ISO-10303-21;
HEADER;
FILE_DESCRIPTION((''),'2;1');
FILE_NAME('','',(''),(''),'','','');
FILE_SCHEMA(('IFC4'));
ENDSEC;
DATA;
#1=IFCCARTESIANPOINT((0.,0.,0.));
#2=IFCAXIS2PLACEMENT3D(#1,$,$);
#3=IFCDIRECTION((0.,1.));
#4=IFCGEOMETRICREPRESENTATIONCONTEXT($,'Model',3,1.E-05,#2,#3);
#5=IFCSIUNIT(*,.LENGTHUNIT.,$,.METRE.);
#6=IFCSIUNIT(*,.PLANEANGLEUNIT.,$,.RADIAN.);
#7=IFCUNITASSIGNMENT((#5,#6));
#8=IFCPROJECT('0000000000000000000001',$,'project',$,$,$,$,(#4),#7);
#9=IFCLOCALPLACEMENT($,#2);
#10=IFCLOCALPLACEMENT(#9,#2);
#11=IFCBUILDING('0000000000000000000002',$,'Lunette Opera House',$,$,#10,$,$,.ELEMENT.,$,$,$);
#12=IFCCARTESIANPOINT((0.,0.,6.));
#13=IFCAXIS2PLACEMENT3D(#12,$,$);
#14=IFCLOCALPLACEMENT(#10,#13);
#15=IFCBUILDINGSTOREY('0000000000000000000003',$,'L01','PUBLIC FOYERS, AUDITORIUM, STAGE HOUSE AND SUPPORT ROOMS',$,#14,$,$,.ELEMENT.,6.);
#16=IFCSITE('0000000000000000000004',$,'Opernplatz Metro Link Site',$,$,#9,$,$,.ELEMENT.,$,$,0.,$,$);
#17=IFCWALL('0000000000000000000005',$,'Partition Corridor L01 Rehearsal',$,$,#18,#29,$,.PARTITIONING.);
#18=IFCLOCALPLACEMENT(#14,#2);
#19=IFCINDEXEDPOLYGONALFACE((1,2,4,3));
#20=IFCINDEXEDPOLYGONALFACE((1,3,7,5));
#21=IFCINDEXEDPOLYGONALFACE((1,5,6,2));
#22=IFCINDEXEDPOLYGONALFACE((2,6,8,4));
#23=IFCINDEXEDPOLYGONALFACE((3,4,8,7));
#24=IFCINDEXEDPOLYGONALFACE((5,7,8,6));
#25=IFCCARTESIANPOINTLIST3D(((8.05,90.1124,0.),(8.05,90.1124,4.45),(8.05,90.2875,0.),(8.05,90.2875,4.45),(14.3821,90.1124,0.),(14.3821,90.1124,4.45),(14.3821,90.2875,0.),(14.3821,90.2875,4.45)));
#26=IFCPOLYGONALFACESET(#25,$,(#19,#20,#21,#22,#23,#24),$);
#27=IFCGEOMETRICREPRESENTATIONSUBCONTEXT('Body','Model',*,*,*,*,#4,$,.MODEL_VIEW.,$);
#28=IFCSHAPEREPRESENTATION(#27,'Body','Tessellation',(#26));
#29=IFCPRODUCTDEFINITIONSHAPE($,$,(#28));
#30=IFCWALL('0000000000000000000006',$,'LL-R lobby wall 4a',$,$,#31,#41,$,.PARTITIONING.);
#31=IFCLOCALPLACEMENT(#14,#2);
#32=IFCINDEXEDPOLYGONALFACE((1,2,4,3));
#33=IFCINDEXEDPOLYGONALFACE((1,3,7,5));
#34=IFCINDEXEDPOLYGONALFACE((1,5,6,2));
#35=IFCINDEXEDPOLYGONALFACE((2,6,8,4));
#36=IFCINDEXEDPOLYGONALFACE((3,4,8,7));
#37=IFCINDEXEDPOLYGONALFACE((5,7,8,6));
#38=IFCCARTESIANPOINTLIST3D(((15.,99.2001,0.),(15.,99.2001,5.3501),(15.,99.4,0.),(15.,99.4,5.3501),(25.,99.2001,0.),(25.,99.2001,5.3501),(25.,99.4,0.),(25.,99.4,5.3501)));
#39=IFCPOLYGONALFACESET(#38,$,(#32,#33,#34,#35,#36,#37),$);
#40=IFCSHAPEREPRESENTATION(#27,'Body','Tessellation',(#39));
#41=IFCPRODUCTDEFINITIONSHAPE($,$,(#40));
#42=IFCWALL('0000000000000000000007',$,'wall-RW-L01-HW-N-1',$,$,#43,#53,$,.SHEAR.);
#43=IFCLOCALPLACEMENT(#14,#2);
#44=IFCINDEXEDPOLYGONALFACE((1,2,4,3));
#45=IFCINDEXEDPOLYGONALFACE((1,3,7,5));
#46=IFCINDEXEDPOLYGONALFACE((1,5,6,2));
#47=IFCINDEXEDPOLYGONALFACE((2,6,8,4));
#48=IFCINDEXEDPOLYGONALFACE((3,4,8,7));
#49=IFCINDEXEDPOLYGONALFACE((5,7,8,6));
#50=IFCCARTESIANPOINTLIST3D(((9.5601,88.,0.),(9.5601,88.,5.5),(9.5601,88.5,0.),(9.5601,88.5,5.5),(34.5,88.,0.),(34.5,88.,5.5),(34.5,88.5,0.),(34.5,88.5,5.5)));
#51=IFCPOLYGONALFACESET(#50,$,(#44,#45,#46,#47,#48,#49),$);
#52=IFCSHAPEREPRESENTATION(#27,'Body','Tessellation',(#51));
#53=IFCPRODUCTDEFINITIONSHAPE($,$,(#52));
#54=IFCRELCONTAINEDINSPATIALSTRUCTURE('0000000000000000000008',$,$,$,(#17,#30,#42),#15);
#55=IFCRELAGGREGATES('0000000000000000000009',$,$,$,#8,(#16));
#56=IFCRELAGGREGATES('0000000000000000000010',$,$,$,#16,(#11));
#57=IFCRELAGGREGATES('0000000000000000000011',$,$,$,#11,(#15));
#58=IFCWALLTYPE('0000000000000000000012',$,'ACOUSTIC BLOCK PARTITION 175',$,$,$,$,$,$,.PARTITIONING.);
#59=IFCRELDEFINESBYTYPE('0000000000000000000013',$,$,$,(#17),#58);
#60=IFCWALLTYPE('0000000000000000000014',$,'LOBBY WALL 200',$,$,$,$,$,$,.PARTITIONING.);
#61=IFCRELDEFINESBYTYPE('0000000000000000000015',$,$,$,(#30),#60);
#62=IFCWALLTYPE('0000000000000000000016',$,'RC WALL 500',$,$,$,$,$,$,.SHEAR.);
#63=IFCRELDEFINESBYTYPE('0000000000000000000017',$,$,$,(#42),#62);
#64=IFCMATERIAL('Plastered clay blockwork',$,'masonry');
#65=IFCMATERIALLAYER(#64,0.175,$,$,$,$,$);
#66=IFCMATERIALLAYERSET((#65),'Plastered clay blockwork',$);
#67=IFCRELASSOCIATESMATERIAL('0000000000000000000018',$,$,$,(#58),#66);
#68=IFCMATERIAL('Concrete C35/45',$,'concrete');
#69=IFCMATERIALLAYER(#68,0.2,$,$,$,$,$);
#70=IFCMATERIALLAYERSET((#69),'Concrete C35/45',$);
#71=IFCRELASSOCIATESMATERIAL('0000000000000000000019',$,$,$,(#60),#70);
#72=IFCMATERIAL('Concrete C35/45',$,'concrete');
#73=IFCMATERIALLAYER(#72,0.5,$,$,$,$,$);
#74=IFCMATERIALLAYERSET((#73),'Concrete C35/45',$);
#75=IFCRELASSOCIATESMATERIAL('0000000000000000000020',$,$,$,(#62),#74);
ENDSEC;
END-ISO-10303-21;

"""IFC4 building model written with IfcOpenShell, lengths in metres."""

from ifc_helpers import new_model, si_unit, direction, frame, frame_2d, origin, place, context, subcontext, project, spatial, rectangle, extrude, material, layer, layer_set, type_object, element, save


model = new_model("IFC4")

# Units and contexts
model_context = context("Model", 3, precision=1e-05, world=origin(), true_north=direction((0.0, 1.0)))
body_context = subcontext(model_context, "Body", "Model", "MODEL_VIEW")
ifc_project = project(units=[si_unit("LENGTHUNIT", "METRE"), si_unit("PLANEANGLEUNIT", "RADIAN")], contexts=[model_context])

# Site, building, storey
site_placement = place(None, origin())
site = spatial("IfcSite", under=ifc_project, at=site_placement, Name="Opernplatz Metro Link Site", CompositionType="ELEMENT", RefElevation=0.0)
building_placement = place(site_placement, origin())
building = spatial("IfcBuilding", under=site, at=building_placement, Name="Lunette Opera House", CompositionType="ELEMENT")
storey_placement = place(building_placement, frame((0.0, 0.0, 6.0)))
storey = spatial("IfcBuildingStorey", under=building, at=storey_placement, Name="L01", Description="PUBLIC FOYERS, AUDITORIUM, STAGE HOUSE AND SUPPORT ROOMS", CompositionType="ELEMENT", Elevation=6.0)

# Walls
ifc_material_1 = material(Name="Plastered clay blockwork", Category="masonry")
ifc_layer_1 = layer(ifc_material_1, 0.175)
ifc_layer_set_1 = layer_set([ifc_layer_1], Name="Plastered clay blockwork")
wall_type_1 = type_object("IfcWallType", Name="ACOUSTIC BLOCK PARTITION 175", PredefinedType="PARTITIONING", material=ifc_layer_set_1)
wall_1_placement = place(storey_placement, frame((14.3821, 90.2, 0.0), z_axis=(0.0, 0.0, 1.0), x_axis=(-1.0, 0.0, 0.0)))
element("IfcWall", 1, at=wall_1_placement, inside=storey, type_object=wall_type_1, Name="Partition Corridor L01 Rehearsal", PredefinedType="PARTITIONING", context=body_context, shape_type="SweptSolid", body=[
    extrude(rectangle(XDim=6.332, YDim=0.175, at=frame_2d((3.166, 0.0))), origin(), (0.0, 0.0, 1.0), 4.45),
])
ifc_material_2 = material(Name="Concrete C35/45", Category="concrete")
ifc_layer_2 = layer(ifc_material_2, 0.2)
ifc_layer_set_2 = layer_set([ifc_layer_2], Name="Concrete C35/45")
wall_type_2 = type_object("IfcWallType", Name="LOBBY WALL 200", PredefinedType="PARTITIONING", material=ifc_layer_set_2)
wall_2_placement = place(storey_placement, frame((15.0, 99.3, 0.0), z_axis=(0.0, 0.0, 1.0), x_axis=(1.0, 0.0, 0.0)))
element("IfcWall", 2, at=wall_2_placement, inside=storey, type_object=wall_type_2, Name="LL-R lobby wall 4a", PredefinedType="PARTITIONING", context=body_context, shape_type="SweptSolid", body=[
    extrude(rectangle(XDim=10.0, YDim=0.2, at=frame_2d((5.0, 0.0))), origin(), (0.0, 0.0, 1.0), 5.3501),
])
ifc_material_3 = material(Name="Concrete C35/45", Category="concrete")
ifc_layer_3 = layer(ifc_material_3, 0.5)
ifc_layer_set_3 = layer_set([ifc_layer_3], Name="Concrete C35/45")
wall_type_3 = type_object("IfcWallType", Name="RC WALL 500", PredefinedType="SHEAR", material=ifc_layer_set_3)
wall_3_placement = place(storey_placement, frame((9.5601, 88.25, 0.0), z_axis=(0.0, 0.0, 1.0), x_axis=(1.0, 0.0, 0.0)))
element("IfcWall", 3, at=wall_3_placement, inside=storey, type_object=wall_type_3, Name="wall-RW-L01-HW-N-1", PredefinedType="SHEAR", context=body_context, shape_type="SweptSolid", body=[
    extrude(rectangle(XDim=24.9399, YDim=0.5, at=frame_2d((12.47, 0.0))), origin(), (0.0, 0.0, 1.0), 5.5),
])

save(model, "model.ifc")
